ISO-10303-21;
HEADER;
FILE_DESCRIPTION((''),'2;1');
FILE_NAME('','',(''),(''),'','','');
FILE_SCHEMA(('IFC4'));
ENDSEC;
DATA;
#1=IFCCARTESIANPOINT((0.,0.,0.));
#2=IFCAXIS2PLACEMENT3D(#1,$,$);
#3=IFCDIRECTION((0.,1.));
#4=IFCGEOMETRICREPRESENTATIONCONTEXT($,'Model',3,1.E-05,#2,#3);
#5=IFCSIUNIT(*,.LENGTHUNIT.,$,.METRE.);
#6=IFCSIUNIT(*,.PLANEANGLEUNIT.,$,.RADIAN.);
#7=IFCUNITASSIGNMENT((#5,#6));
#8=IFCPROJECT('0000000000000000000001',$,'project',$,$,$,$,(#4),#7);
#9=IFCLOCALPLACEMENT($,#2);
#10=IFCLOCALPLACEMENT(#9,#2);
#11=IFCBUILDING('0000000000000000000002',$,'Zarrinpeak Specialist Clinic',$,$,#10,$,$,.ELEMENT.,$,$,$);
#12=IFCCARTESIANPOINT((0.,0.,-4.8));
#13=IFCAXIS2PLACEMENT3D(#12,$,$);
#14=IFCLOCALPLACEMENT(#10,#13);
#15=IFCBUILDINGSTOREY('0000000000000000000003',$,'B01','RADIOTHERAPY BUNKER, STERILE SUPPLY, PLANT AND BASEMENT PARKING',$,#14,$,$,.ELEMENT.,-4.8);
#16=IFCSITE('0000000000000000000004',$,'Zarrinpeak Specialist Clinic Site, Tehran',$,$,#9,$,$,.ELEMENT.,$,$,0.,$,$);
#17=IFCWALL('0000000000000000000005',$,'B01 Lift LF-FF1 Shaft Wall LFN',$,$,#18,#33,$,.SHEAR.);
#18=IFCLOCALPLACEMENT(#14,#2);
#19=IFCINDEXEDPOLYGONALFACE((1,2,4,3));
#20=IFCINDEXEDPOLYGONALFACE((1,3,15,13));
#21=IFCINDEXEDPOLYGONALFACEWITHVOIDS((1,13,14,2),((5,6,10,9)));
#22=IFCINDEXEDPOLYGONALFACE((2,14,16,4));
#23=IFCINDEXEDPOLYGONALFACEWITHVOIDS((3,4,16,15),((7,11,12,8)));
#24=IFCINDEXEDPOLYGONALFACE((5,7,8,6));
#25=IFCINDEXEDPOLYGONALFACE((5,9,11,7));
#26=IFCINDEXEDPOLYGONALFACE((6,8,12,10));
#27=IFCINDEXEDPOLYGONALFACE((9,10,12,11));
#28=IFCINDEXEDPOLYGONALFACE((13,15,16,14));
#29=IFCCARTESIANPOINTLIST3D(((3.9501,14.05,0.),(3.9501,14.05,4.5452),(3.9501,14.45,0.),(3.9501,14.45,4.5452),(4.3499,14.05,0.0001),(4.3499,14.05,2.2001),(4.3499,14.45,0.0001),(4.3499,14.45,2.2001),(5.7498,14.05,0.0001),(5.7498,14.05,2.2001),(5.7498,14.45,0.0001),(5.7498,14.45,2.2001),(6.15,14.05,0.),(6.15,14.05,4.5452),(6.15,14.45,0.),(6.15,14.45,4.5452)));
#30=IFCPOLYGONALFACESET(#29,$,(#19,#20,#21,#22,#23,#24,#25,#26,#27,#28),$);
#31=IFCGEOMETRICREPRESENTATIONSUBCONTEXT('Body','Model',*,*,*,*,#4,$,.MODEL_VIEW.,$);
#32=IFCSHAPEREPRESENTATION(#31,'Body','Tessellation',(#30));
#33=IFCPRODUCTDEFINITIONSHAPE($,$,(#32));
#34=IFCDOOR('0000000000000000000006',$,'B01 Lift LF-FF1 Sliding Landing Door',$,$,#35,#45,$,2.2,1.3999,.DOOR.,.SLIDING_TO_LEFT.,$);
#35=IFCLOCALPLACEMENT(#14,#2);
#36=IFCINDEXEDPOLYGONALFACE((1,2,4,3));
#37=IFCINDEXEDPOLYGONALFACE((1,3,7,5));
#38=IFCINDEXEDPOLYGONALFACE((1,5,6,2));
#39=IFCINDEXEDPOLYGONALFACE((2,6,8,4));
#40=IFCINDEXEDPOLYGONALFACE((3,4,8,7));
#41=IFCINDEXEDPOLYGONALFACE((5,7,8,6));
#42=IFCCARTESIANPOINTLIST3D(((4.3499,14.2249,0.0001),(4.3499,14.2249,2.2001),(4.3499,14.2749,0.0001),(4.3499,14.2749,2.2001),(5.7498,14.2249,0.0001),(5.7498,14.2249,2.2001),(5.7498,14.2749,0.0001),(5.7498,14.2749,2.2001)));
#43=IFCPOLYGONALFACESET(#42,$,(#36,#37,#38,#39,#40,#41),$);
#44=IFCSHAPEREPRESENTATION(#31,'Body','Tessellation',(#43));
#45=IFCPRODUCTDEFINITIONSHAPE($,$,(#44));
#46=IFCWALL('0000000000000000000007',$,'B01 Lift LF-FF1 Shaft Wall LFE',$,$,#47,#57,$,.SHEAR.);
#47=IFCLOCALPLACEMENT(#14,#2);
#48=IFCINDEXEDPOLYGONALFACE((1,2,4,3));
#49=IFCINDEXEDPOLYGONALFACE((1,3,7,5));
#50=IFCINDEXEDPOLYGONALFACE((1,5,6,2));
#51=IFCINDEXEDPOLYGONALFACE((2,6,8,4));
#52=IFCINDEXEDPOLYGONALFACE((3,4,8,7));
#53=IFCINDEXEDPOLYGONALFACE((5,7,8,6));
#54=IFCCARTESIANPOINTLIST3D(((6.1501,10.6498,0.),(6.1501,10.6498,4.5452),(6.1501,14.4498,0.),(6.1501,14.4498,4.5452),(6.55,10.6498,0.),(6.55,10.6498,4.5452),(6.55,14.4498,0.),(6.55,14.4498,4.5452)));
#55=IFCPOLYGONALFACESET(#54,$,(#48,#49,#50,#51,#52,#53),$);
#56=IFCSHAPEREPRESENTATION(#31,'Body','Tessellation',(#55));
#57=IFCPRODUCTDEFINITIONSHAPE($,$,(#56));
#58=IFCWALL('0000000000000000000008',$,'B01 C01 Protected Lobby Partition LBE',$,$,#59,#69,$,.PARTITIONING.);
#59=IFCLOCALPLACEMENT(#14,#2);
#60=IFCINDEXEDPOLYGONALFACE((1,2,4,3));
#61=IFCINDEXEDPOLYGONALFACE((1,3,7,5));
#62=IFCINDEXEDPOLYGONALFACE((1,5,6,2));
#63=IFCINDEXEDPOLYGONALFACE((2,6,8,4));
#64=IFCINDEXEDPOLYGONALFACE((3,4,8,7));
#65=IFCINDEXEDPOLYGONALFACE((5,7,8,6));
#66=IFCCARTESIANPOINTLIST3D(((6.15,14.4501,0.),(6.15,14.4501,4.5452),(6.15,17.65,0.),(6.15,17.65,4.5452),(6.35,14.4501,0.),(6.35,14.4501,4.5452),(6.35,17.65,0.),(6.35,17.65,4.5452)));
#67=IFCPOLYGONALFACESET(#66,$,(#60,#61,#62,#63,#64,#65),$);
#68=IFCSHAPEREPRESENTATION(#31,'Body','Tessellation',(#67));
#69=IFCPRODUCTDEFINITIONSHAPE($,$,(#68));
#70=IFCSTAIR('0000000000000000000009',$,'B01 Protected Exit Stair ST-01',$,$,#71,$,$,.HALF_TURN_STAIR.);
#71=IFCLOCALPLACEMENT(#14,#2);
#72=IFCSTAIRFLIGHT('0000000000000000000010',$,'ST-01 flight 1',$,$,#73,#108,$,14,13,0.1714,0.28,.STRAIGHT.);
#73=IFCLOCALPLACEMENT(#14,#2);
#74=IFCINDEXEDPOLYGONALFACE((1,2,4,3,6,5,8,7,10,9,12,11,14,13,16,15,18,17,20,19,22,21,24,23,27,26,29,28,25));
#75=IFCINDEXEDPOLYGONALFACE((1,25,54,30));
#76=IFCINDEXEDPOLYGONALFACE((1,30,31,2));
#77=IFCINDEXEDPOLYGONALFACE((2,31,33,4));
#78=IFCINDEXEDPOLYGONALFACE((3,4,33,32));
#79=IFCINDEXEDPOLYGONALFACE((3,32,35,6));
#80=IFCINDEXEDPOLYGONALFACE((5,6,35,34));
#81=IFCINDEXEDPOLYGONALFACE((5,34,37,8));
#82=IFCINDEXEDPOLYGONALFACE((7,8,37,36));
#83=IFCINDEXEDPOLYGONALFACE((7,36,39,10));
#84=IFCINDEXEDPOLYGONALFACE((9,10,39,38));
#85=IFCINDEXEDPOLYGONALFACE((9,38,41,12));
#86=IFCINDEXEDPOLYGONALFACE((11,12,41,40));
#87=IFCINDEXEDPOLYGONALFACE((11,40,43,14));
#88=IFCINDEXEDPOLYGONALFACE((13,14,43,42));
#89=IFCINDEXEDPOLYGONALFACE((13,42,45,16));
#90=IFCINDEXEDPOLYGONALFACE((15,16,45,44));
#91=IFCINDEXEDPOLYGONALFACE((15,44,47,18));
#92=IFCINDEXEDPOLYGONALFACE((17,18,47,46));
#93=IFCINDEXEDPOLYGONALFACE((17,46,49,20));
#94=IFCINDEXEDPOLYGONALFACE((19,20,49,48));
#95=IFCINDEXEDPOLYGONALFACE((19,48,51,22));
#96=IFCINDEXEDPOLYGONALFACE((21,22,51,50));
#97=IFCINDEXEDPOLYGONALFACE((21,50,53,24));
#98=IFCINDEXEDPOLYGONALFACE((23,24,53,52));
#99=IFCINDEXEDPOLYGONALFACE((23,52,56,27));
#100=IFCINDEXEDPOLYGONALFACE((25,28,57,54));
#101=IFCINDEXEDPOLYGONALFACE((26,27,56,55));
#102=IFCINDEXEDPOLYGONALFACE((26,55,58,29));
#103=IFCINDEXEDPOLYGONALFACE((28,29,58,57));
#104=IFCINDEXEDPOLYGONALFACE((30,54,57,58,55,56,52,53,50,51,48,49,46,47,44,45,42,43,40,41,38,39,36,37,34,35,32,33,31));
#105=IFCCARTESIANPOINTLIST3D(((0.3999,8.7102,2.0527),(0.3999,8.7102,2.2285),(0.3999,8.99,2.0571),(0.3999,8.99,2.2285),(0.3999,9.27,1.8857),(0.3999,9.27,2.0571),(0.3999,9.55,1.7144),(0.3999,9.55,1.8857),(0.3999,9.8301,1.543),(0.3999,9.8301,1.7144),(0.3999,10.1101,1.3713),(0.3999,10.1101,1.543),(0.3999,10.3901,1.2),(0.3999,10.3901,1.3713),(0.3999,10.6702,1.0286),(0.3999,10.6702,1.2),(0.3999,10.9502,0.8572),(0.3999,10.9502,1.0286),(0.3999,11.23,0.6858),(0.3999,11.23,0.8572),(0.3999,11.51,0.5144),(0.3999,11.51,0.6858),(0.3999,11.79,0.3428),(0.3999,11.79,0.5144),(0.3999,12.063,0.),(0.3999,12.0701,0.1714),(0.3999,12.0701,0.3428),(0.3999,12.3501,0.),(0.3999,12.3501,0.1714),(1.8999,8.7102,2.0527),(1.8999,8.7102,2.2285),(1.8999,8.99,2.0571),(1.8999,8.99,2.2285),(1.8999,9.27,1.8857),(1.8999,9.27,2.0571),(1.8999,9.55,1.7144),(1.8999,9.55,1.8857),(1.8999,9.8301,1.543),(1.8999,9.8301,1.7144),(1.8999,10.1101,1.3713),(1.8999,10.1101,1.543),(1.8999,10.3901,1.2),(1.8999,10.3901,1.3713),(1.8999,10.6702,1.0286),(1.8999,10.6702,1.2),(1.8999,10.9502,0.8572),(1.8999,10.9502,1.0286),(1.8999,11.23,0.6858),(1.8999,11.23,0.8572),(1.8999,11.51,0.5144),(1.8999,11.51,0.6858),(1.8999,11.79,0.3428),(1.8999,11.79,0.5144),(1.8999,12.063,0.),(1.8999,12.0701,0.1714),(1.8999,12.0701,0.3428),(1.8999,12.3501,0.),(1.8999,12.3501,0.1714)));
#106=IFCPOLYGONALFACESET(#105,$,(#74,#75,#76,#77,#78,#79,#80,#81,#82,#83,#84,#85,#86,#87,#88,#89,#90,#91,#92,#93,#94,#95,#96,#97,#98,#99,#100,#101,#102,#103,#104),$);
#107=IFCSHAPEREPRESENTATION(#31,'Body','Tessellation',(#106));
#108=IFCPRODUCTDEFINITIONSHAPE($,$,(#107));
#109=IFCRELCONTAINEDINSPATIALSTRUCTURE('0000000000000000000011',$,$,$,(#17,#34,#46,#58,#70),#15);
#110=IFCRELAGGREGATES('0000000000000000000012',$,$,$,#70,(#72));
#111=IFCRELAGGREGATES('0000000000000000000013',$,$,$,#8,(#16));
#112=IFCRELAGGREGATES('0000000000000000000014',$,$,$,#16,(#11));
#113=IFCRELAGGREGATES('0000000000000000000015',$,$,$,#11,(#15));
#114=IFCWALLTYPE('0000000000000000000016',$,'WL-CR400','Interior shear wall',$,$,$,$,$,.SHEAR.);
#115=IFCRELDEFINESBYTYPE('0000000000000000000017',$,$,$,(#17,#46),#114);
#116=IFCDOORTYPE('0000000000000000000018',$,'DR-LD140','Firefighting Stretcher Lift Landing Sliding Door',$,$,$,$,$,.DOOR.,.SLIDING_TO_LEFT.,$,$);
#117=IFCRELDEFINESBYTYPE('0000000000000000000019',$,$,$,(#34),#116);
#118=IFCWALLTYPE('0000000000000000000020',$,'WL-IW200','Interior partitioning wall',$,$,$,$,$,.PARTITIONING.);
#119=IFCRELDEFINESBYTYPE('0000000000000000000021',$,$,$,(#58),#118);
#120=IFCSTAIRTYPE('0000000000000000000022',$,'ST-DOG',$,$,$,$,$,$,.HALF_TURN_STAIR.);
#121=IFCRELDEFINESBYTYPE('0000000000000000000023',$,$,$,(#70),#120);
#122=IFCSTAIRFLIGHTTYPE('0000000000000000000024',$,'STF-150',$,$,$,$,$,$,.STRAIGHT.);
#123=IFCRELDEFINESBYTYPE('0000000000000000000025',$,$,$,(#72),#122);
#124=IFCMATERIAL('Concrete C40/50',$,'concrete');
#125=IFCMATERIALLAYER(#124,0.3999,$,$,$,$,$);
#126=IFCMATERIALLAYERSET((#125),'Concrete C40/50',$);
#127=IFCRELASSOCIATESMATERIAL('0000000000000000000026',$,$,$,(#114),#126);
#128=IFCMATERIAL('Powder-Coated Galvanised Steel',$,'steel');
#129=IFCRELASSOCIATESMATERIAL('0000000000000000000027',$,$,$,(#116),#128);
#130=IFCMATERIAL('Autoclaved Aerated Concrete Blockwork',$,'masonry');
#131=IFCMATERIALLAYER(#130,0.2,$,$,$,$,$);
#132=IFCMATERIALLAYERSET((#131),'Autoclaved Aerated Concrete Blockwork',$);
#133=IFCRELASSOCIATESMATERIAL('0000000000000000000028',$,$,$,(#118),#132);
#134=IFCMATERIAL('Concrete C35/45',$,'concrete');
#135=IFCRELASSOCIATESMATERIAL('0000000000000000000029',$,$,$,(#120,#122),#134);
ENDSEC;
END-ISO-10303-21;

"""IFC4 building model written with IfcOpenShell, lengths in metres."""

from ifc_helpers import new_model, si_unit, direction, frame, frame_2d, origin, place, context, subcontext, project, spatial, polyline, rectangle, outline, extrude, material, layer, layer_set, type_object, element, fill, aggregate, save


model = new_model("IFC4")

# Units and contexts
model_context = context("Model", 3, precision=1e-05, world=origin(), true_north=direction((0.0, 1.0)))
body_context = subcontext(model_context, "Body", "Model", "MODEL_VIEW")
ifc_project = project(units=[si_unit("LENGTHUNIT", "METRE"), si_unit("PLANEANGLEUNIT", "RADIAN")], contexts=[model_context])

# Site, building, storey
site_placement = place(None, origin())
site = spatial("IfcSite", under=ifc_project, at=site_placement, Name="Zarrinpeak Specialist Clinic Site, Tehran", CompositionType="ELEMENT", RefElevation=0.0)
building_placement = place(site_placement, origin())
building = spatial("IfcBuilding", under=site, at=building_placement, Name="Zarrinpeak Specialist Clinic", CompositionType="ELEMENT")
storey_placement = place(building_placement, frame((0.0, 0.0, -4.8)))
storey = spatial("IfcBuildingStorey", under=building, at=storey_placement, Name="B01", Description="RADIOTHERAPY BUNKER, STERILE SUPPLY, PLANT AND BASEMENT PARKING", CompositionType="ELEMENT", Elevation=-4.8)

# Shared definitions
ifc_material_1 = material(Name="Concrete C40/50", Category="concrete")

# Shared definitions
ifc_layer_1 = layer(ifc_material_1, 0.3999)
ifc_layer_set_1 = layer_set([ifc_layer_1], Name="Concrete C40/50")
wall_type_1 = type_object("IfcWallType", Name="WL-CR400", Description="Interior shear wall", PredefinedType="SHEAR", material=ifc_layer_set_1)
ifc_material_2 = material(Name="Powder-Coated Galvanised Steel", Category="steel")

# Wall, opening, door
wall_1_placement = place(storey_placement, frame((3.95, 14.25, 0.0), z_axis=(0.0, 0.0, 1.0), x_axis=(1.0, 0.0, 0.0)))
wall_1 = element("IfcWall", 1, at=wall_1_placement, inside=storey, type_object=wall_type_1, Name="B01 Lift LF-FF1 Shaft Wall LFN", PredefinedType="SHEAR", context=body_context, shape_type="SweptSolid", body=[
    extrude(rectangle(XDim=2.2, YDim=0.3999, at=frame_2d((1.1001, 0.0))), origin(), (0.0, 0.0, 1.0), 4.5452),
])
opening_1_placement = place(wall_1_placement, frame((0.3999, 0.0, 0.0)))
opening_1 = element("IfcOpeningElement", 2, at=opening_1_placement, cuts=wall_1, PredefinedType="OPENING", context=body_context, shape_type="SweptSolid", body=[
    extrude(rectangle(XDim=1.3999, YDim=2.2, at=frame_2d((0.7, 1.1001))), frame((0.0, 0.21, 0.0), z_axis=(0.0, -1.0, 0.0), x_axis=(1.0, 0.0, 0.0)), (0.0, 0.0, 1.0), 0.4199),
])
door_type_1 = type_object("IfcDoorType", Name="DR-LD140", Description="Firefighting Stretcher Lift Landing Sliding Door", OperationType="SLIDING_TO_LEFT", PredefinedType="DOOR", material=ifc_material_2)
door_1_placement = place(opening_1_placement, origin())
door_1 = element("IfcDoor", 3, at=door_1_placement, inside=storey, type_object=door_type_1, Name="B01 Lift LF-FF1 Sliding Landing Door", OperationType="SLIDING_TO_LEFT", OverallHeight=2.2, OverallWidth=1.3999, PredefinedType="DOOR", context=body_context, shape_type="SweptSolid", body=[
    extrude(rectangle(XDim=1.3999, YDim=2.2, at=frame_2d((0.7, 1.1001))), frame((0.0, 0.0249, 0.0), z_axis=(0.0, -1.0, 0.0), x_axis=(1.0, 0.0, 0.0)), (0.0, 0.0, 1.0), 0.05),
])
fill(opening_1, door_1)

# Walls
wall_2_placement = place(storey_placement, frame((6.3501, 10.6499, 0.0), z_axis=(0.0, 0.0, 1.0), x_axis=(0.0, 1.0, 0.0)))
element("IfcWall", 4, at=wall_2_placement, inside=storey, type_object=wall_type_1, Name="B01 Lift LF-FF1 Shaft Wall LFE", PredefinedType="SHEAR", context=body_context, shape_type="SweptSolid", body=[
    extrude(rectangle(XDim=3.8, YDim=0.3999, at=frame_2d((1.8999, 0.0))), origin(), (0.0, 0.0, 1.0), 4.5452),
])
ifc_material_3 = material(Name="Autoclaved Aerated Concrete Blockwork", Category="masonry")
ifc_layer_2 = layer(ifc_material_3, 0.2)
ifc_layer_set_2 = layer_set([ifc_layer_2], Name="Autoclaved Aerated Concrete Blockwork")
wall_type_2 = type_object("IfcWallType", Name="WL-IW200", Description="Interior partitioning wall", PredefinedType="PARTITIONING", material=ifc_layer_set_2)
wall_3_placement = place(storey_placement, frame((6.25, 14.45, 0.0), z_axis=(0.0, 0.0, 1.0), x_axis=(0.0, 1.0, 0.0)))
element("IfcWall", 5, at=wall_3_placement, inside=storey, type_object=wall_type_2, Name="B01 C01 Protected Lobby Partition LBE", PredefinedType="PARTITIONING", context=body_context, shape_type="SweptSolid", body=[
    extrude(rectangle(XDim=3.2, YDim=0.2, at=frame_2d((1.6001, 0.0))), origin(), (0.0, 0.0, 1.0), 4.5452),
])

# Stair, stair flight
ifc_material_4 = material(Name="Concrete C35/45", Category="concrete")
stair_type = type_object("IfcStairType", Name="ST-DOG", PredefinedType="HALF_TURN_STAIR", material=ifc_material_4)
stair_placement = place(storey_placement, origin())
stair = element("IfcStair", 6, at=stair_placement, inside=storey, type_object=stair_type, Name="B01 Protected Exit Stair ST-01", PredefinedType="HALF_TURN_STAIR")
stair_flight_type = type_object("IfcStairFlightType", Name="STF-150", PredefinedType="STRAIGHT", material=ifc_material_4)
stair_flight_placement = place(storey_placement, frame((1.1499, 12.3501, 0.0), z_axis=(0.0, 0.0, 1.0), x_axis=(0.0, -1.0, 0.0)))
stair_flight = element("IfcStairFlight", 7, at=stair_flight_placement, type_object=stair_flight_type, Name="ST-01 flight 1", NumberOfRisers=14, NumberOfTreads=13, PredefinedType="STRAIGHT", RiserHeight=0.1714, TreadLength=0.28, context=body_context, shape_type="SweptSolid", body=[
    extrude(outline(polyline([(0.0, 0.0), (0.0, 0.1714), (0.28, 0.1714), (0.28, 0.3428), (0.5601, 0.3428), (0.5601, 0.5144), (0.8401, 0.5144), (0.8401, 0.6858), (1.1201, 0.6858), (1.1201, 0.8572), (1.3999, 0.8572), (1.3999, 1.0286), (1.6799, 1.0286), (1.6799, 1.2), (1.96, 1.2), (1.96, 1.3713), (2.24, 1.3713), (2.24, 1.543), (2.52, 1.543), (2.52, 1.7144), (2.8, 1.7144), (2.8, 1.8857), (3.0801, 1.8857), (3.0801, 2.0571), (3.3601, 2.0571), (3.3601, 2.2285), (3.6399, 2.2285), (3.6399, 2.3999), (3.6399, 2.0527), (0.2871, 0.0), (0.0, 0.0)])), frame((0.0, 0.75, 0.0), z_axis=(0.0, -1.0, 0.0), x_axis=(1.0, 0.0, 0.0)), (0.0, 0.0, 1.0), 1.5),
])
aggregate(stair, [stair_flight])

save(model, "model.ifc")
